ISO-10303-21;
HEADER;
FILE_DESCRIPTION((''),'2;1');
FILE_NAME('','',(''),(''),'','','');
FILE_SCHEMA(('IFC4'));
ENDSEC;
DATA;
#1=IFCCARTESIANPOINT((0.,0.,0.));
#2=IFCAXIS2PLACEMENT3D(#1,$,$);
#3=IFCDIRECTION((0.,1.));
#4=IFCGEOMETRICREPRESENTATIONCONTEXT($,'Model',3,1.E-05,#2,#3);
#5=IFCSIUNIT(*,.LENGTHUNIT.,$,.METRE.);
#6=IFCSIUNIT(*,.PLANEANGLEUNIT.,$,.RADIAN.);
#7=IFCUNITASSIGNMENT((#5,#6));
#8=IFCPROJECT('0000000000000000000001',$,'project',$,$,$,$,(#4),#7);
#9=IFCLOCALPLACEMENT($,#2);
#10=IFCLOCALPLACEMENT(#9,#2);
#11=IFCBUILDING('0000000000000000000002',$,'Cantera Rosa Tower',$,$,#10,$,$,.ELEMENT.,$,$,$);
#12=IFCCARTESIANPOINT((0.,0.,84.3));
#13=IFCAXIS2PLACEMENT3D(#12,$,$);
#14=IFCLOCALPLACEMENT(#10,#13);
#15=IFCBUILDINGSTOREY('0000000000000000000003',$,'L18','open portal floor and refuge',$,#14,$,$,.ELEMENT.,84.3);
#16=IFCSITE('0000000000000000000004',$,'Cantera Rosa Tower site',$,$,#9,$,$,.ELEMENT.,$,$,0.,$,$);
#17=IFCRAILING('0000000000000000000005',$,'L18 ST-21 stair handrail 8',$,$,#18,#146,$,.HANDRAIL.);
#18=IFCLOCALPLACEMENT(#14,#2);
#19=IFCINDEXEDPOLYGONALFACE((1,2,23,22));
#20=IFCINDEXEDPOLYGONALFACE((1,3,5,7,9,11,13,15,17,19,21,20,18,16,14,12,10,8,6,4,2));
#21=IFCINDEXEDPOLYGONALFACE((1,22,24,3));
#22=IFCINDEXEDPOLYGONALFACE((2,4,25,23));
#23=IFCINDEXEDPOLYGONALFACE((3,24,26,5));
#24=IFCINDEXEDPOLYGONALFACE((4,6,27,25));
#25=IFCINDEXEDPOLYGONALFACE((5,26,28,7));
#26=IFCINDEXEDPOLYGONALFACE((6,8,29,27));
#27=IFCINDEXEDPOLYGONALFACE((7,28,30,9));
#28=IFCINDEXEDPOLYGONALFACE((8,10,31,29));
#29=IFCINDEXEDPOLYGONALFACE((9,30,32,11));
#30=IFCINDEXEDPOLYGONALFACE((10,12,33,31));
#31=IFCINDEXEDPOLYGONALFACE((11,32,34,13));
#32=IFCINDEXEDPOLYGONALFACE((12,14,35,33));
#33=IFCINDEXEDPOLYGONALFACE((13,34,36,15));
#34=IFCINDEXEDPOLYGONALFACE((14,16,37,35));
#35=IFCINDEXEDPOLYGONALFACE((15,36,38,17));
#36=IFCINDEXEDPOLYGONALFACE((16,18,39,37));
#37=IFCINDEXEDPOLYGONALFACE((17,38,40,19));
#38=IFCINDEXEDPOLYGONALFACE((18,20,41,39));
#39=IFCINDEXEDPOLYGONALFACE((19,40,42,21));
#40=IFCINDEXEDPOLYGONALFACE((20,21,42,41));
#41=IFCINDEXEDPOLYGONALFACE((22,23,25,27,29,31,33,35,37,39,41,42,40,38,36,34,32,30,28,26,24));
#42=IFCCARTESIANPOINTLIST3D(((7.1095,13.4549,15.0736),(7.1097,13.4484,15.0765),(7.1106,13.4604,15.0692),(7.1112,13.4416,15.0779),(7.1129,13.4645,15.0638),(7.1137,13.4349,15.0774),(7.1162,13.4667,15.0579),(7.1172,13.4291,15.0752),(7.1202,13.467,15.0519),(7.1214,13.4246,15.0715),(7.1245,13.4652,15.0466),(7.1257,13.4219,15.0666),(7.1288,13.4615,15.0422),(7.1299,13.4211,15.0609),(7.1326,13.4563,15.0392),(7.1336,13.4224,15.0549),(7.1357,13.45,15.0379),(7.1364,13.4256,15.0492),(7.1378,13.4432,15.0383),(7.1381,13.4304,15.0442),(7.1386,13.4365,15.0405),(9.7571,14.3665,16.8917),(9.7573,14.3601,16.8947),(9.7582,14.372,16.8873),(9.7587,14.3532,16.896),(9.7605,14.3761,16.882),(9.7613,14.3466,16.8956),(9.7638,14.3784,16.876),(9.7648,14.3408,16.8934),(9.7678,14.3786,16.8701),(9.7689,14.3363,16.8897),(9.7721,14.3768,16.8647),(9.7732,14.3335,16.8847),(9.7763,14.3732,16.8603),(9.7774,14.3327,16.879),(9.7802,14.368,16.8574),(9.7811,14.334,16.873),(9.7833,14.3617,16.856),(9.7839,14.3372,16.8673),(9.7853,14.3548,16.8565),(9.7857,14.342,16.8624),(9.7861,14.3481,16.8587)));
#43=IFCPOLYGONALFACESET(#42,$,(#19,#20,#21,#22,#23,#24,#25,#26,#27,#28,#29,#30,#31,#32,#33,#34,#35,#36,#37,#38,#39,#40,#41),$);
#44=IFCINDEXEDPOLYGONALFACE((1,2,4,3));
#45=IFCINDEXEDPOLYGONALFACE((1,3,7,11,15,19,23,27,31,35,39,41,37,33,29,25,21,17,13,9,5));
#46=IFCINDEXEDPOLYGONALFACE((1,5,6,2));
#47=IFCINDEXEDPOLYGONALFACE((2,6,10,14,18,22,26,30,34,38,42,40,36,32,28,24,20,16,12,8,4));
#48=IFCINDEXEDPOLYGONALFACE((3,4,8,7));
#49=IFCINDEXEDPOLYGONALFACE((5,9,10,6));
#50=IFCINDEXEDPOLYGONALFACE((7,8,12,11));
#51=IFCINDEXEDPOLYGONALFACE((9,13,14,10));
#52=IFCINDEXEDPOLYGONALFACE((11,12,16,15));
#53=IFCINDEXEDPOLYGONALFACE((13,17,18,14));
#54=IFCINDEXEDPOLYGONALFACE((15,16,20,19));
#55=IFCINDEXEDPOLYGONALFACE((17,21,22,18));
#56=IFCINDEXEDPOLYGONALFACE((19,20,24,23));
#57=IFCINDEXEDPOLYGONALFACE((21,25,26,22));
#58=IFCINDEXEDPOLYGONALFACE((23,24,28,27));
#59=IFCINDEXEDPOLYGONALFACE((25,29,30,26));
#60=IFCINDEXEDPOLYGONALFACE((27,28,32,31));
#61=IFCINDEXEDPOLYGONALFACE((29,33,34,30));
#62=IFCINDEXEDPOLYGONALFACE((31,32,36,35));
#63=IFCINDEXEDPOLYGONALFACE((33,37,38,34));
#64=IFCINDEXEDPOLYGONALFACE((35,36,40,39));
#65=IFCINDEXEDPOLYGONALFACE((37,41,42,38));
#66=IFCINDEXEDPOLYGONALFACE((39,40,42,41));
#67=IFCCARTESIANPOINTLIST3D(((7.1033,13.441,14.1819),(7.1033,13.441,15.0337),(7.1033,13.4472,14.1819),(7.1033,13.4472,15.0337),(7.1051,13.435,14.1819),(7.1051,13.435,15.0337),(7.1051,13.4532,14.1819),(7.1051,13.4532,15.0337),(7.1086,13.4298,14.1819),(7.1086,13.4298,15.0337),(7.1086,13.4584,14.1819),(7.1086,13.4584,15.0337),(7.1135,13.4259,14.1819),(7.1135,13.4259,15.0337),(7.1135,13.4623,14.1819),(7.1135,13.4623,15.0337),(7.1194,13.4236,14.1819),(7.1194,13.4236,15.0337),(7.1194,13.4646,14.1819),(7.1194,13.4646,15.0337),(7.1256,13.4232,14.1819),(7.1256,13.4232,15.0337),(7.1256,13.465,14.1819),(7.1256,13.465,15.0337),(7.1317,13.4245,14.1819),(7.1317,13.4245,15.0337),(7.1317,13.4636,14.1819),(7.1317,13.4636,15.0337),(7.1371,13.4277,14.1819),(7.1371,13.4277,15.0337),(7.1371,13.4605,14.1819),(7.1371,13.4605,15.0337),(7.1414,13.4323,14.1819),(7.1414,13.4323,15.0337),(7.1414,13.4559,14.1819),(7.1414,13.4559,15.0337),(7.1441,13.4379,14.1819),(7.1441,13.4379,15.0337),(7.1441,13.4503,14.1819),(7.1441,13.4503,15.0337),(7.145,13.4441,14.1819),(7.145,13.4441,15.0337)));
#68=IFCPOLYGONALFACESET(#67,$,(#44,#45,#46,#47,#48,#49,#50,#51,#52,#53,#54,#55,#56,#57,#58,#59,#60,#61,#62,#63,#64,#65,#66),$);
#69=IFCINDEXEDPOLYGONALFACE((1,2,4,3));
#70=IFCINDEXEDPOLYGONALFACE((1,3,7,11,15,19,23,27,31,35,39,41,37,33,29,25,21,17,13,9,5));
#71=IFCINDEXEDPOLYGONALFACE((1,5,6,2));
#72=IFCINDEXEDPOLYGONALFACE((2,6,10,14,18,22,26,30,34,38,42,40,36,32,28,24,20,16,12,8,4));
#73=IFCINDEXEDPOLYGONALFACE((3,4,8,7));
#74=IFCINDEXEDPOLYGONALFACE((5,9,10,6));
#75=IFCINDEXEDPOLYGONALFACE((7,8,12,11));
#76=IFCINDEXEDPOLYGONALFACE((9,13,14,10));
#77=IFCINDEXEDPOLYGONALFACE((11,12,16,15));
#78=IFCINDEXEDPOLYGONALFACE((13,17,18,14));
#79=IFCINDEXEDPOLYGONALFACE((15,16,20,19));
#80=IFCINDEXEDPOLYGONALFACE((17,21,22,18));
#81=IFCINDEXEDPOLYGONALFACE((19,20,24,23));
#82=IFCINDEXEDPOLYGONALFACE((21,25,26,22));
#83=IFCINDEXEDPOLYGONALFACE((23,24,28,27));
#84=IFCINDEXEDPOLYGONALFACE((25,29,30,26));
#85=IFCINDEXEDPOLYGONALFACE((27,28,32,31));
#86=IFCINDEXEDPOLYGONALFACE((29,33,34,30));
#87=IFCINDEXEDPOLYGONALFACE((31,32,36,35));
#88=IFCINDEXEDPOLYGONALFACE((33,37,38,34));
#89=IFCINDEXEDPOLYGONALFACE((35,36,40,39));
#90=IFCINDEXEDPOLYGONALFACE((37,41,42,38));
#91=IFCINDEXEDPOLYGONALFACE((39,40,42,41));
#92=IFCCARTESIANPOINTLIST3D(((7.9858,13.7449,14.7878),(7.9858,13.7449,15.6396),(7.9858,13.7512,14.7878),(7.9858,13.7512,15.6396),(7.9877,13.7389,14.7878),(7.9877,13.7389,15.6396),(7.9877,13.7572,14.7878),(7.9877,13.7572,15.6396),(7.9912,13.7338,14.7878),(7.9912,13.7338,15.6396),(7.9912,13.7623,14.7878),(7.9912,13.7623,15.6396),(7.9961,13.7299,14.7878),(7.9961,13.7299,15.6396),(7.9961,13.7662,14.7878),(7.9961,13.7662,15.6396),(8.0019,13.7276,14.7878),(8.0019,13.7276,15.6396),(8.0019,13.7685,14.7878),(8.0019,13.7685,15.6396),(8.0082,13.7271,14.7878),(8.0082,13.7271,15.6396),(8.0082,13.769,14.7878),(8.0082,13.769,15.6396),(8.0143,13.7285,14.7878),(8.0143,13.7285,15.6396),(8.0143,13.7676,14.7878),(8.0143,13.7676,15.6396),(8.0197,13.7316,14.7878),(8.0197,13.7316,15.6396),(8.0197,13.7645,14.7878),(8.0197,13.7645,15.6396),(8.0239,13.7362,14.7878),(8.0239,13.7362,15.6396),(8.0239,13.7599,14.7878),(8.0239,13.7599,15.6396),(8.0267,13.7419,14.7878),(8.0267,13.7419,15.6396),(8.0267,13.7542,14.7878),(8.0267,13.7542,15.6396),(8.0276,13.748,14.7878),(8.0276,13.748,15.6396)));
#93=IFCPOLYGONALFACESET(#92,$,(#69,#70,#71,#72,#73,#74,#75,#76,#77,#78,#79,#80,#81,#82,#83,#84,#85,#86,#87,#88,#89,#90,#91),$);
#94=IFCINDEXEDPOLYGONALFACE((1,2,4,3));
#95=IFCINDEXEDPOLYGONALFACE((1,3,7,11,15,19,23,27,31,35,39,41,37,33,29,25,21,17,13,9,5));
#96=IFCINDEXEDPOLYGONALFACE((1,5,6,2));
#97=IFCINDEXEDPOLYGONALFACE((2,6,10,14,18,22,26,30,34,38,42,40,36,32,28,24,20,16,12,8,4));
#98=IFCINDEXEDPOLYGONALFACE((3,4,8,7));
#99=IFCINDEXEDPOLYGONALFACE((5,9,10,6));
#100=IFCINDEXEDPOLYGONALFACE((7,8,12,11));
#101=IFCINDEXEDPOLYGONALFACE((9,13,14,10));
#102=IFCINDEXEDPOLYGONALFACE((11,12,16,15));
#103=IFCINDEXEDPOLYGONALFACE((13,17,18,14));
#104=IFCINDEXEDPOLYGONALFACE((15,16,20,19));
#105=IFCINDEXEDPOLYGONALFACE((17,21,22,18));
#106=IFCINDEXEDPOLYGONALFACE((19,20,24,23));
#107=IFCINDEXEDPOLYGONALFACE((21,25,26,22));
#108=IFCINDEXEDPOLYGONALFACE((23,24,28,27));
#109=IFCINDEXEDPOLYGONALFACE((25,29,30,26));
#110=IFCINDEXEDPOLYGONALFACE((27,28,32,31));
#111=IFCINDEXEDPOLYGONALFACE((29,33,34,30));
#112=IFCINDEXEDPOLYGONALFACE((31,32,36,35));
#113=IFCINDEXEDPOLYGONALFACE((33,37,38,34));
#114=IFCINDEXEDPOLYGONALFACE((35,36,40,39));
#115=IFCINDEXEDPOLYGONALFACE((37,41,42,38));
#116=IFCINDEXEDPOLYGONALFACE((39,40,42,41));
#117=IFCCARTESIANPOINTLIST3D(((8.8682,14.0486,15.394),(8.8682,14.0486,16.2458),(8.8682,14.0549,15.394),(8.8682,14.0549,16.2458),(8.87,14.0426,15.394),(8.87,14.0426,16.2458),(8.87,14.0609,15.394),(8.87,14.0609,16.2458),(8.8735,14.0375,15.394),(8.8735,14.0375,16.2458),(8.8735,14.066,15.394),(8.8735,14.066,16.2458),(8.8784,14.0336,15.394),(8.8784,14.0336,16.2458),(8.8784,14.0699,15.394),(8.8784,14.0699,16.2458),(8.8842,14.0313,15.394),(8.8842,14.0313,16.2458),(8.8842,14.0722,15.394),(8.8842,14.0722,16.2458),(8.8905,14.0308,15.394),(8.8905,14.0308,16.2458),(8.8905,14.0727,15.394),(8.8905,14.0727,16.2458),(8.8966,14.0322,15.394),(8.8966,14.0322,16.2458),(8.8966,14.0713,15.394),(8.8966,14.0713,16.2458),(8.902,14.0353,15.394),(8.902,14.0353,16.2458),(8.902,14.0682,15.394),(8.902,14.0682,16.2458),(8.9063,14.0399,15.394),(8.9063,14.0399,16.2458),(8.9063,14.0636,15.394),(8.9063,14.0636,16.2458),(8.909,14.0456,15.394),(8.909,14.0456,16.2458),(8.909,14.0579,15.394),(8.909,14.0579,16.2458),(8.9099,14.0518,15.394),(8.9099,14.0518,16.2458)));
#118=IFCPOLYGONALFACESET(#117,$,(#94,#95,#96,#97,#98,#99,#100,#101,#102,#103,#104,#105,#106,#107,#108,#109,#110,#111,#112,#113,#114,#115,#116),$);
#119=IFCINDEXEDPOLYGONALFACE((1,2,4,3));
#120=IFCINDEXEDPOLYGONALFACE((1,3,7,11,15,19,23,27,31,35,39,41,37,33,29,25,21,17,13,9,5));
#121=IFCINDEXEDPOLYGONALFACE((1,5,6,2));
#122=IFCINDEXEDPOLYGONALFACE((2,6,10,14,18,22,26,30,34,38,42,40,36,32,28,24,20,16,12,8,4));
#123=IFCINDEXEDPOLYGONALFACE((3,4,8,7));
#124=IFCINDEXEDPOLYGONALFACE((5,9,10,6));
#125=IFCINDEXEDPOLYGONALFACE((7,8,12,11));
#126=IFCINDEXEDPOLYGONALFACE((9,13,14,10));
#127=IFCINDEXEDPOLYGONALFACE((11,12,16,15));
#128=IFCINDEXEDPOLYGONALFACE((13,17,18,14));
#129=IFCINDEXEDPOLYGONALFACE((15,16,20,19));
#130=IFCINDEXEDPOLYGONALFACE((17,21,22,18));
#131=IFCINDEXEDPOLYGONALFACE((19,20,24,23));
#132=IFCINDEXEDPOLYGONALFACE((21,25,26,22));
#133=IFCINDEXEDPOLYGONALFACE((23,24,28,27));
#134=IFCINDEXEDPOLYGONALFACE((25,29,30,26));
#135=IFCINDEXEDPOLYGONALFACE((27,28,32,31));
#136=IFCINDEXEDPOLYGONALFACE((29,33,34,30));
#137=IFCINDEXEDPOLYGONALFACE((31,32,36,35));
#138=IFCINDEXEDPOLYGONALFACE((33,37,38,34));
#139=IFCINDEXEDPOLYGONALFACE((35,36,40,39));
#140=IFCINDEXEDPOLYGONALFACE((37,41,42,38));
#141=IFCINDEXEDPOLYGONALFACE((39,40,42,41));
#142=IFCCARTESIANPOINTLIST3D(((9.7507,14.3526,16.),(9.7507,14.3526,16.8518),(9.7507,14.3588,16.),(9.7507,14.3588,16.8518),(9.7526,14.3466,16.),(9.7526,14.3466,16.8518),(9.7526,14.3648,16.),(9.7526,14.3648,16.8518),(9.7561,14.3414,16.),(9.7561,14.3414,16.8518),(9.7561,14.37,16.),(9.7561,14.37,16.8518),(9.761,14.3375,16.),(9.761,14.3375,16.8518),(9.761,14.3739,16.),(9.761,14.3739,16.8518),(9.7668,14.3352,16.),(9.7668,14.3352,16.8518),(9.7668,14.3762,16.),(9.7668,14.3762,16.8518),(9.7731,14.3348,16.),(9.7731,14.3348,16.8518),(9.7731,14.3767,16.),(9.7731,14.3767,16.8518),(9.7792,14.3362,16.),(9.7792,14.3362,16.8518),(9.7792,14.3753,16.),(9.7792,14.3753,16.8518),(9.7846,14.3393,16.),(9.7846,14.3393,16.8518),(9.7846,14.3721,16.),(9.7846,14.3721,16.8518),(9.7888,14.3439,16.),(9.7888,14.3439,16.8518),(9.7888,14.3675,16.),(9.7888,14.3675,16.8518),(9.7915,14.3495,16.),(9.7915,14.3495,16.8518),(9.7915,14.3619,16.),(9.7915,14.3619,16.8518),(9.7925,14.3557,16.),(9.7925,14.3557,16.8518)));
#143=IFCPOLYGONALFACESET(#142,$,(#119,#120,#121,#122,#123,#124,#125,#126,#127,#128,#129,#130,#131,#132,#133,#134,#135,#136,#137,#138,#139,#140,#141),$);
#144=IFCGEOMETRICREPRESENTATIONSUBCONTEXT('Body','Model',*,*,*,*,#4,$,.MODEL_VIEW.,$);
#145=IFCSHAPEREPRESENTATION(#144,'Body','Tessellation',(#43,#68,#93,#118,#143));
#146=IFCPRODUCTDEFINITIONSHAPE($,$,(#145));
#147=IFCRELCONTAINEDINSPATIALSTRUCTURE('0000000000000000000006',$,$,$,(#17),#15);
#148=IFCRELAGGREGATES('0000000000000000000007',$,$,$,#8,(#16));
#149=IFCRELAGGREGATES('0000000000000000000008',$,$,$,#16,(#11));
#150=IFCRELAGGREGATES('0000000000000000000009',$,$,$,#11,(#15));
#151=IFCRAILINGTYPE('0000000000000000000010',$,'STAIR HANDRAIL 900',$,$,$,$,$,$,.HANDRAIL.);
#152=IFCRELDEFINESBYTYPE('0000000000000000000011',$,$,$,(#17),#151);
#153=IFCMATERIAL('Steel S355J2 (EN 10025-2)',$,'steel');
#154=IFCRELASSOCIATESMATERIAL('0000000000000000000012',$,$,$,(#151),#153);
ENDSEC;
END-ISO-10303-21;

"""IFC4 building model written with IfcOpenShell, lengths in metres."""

from ifc_helpers import new_model, si_unit, direction, frame, origin, origin_2d, place, context, subcontext, project, spatial, circle, extrude, material, type_object, element, save


model = new_model("IFC4")

# Units and contexts
model_context = context("Model", 3, precision=1e-05, world=origin(), true_north=direction((0.0, 1.0)))
body_context = subcontext(model_context, "Body", "Model", "MODEL_VIEW")
ifc_project = project(units=[si_unit("LENGTHUNIT", "METRE"), si_unit("PLANEANGLEUNIT", "RADIAN")], contexts=[model_context])

# Site, building, storey
site_placement = place(None, origin())
site = spatial("IfcSite", under=ifc_project, at=site_placement, Name="Cantera Rosa Tower site", CompositionType="ELEMENT", RefElevation=0.0)
building_placement = place(site_placement, origin())
building = spatial("IfcBuilding", under=site, at=building_placement, Name="Cantera Rosa Tower", CompositionType="ELEMENT")
storey_placement = place(building_placement, frame((0.0, 0.0, 84.3)))
storey = spatial("IfcBuildingStorey", under=building, at=storey_placement, Name="L18", Description="open portal floor and refuge", CompositionType="ELEMENT", Elevation=84.3)

# Railing
ifc_material_1 = material(Name="Steel S355J2 (EN 10025-2)", Category="steel")
railing_type = type_object("IfcRailingType", Name="STAIR HANDRAIL 900", PredefinedType="HANDRAIL", material=ifc_material_1)
for number, where, name in (
    (1, (7.124, 13.4441, 14.1819), "L18 ST-21 stair handrail 8"),
):
    element("IfcRailing", number, at=place(storey_placement, frame(where)), inside=storey, type_object=railing_type, Name=name, PredefinedType="HANDRAIL", context=body_context, shape_type="SweptSolid", body=[
        extrude(circle(Radius=0.0239, at=origin_2d()), frame((0.0, 0.0, 0.876), z_axis=(0.793007, 0.273062, 0.544589), x_axis=(-0.325577, 0.945516, 0.0)), (0.0, 0.0, 1.0), 3.3386),
        extrude(circle(Radius=0.021, at=origin_2d()), origin(), (0.0, 0.0, 1.0), 0.8518),
        extrude(circle(Radius=0.021, at=origin_2d()), frame((0.8826, 0.304, 0.606)), (0.0, 0.0, 1.0), 0.8518),
        extrude(circle(Radius=0.021, at=origin_2d()), frame((1.7649, 0.6077, 1.2122)), (0.0, 0.0, 1.0), 0.8518),
        extrude(circle(Radius=0.021, at=origin_2d()), frame((2.6475, 0.9116, 1.8181)), (0.0, 0.0, 1.0), 0.8518),
    ])

save(model, "model.ifc")
